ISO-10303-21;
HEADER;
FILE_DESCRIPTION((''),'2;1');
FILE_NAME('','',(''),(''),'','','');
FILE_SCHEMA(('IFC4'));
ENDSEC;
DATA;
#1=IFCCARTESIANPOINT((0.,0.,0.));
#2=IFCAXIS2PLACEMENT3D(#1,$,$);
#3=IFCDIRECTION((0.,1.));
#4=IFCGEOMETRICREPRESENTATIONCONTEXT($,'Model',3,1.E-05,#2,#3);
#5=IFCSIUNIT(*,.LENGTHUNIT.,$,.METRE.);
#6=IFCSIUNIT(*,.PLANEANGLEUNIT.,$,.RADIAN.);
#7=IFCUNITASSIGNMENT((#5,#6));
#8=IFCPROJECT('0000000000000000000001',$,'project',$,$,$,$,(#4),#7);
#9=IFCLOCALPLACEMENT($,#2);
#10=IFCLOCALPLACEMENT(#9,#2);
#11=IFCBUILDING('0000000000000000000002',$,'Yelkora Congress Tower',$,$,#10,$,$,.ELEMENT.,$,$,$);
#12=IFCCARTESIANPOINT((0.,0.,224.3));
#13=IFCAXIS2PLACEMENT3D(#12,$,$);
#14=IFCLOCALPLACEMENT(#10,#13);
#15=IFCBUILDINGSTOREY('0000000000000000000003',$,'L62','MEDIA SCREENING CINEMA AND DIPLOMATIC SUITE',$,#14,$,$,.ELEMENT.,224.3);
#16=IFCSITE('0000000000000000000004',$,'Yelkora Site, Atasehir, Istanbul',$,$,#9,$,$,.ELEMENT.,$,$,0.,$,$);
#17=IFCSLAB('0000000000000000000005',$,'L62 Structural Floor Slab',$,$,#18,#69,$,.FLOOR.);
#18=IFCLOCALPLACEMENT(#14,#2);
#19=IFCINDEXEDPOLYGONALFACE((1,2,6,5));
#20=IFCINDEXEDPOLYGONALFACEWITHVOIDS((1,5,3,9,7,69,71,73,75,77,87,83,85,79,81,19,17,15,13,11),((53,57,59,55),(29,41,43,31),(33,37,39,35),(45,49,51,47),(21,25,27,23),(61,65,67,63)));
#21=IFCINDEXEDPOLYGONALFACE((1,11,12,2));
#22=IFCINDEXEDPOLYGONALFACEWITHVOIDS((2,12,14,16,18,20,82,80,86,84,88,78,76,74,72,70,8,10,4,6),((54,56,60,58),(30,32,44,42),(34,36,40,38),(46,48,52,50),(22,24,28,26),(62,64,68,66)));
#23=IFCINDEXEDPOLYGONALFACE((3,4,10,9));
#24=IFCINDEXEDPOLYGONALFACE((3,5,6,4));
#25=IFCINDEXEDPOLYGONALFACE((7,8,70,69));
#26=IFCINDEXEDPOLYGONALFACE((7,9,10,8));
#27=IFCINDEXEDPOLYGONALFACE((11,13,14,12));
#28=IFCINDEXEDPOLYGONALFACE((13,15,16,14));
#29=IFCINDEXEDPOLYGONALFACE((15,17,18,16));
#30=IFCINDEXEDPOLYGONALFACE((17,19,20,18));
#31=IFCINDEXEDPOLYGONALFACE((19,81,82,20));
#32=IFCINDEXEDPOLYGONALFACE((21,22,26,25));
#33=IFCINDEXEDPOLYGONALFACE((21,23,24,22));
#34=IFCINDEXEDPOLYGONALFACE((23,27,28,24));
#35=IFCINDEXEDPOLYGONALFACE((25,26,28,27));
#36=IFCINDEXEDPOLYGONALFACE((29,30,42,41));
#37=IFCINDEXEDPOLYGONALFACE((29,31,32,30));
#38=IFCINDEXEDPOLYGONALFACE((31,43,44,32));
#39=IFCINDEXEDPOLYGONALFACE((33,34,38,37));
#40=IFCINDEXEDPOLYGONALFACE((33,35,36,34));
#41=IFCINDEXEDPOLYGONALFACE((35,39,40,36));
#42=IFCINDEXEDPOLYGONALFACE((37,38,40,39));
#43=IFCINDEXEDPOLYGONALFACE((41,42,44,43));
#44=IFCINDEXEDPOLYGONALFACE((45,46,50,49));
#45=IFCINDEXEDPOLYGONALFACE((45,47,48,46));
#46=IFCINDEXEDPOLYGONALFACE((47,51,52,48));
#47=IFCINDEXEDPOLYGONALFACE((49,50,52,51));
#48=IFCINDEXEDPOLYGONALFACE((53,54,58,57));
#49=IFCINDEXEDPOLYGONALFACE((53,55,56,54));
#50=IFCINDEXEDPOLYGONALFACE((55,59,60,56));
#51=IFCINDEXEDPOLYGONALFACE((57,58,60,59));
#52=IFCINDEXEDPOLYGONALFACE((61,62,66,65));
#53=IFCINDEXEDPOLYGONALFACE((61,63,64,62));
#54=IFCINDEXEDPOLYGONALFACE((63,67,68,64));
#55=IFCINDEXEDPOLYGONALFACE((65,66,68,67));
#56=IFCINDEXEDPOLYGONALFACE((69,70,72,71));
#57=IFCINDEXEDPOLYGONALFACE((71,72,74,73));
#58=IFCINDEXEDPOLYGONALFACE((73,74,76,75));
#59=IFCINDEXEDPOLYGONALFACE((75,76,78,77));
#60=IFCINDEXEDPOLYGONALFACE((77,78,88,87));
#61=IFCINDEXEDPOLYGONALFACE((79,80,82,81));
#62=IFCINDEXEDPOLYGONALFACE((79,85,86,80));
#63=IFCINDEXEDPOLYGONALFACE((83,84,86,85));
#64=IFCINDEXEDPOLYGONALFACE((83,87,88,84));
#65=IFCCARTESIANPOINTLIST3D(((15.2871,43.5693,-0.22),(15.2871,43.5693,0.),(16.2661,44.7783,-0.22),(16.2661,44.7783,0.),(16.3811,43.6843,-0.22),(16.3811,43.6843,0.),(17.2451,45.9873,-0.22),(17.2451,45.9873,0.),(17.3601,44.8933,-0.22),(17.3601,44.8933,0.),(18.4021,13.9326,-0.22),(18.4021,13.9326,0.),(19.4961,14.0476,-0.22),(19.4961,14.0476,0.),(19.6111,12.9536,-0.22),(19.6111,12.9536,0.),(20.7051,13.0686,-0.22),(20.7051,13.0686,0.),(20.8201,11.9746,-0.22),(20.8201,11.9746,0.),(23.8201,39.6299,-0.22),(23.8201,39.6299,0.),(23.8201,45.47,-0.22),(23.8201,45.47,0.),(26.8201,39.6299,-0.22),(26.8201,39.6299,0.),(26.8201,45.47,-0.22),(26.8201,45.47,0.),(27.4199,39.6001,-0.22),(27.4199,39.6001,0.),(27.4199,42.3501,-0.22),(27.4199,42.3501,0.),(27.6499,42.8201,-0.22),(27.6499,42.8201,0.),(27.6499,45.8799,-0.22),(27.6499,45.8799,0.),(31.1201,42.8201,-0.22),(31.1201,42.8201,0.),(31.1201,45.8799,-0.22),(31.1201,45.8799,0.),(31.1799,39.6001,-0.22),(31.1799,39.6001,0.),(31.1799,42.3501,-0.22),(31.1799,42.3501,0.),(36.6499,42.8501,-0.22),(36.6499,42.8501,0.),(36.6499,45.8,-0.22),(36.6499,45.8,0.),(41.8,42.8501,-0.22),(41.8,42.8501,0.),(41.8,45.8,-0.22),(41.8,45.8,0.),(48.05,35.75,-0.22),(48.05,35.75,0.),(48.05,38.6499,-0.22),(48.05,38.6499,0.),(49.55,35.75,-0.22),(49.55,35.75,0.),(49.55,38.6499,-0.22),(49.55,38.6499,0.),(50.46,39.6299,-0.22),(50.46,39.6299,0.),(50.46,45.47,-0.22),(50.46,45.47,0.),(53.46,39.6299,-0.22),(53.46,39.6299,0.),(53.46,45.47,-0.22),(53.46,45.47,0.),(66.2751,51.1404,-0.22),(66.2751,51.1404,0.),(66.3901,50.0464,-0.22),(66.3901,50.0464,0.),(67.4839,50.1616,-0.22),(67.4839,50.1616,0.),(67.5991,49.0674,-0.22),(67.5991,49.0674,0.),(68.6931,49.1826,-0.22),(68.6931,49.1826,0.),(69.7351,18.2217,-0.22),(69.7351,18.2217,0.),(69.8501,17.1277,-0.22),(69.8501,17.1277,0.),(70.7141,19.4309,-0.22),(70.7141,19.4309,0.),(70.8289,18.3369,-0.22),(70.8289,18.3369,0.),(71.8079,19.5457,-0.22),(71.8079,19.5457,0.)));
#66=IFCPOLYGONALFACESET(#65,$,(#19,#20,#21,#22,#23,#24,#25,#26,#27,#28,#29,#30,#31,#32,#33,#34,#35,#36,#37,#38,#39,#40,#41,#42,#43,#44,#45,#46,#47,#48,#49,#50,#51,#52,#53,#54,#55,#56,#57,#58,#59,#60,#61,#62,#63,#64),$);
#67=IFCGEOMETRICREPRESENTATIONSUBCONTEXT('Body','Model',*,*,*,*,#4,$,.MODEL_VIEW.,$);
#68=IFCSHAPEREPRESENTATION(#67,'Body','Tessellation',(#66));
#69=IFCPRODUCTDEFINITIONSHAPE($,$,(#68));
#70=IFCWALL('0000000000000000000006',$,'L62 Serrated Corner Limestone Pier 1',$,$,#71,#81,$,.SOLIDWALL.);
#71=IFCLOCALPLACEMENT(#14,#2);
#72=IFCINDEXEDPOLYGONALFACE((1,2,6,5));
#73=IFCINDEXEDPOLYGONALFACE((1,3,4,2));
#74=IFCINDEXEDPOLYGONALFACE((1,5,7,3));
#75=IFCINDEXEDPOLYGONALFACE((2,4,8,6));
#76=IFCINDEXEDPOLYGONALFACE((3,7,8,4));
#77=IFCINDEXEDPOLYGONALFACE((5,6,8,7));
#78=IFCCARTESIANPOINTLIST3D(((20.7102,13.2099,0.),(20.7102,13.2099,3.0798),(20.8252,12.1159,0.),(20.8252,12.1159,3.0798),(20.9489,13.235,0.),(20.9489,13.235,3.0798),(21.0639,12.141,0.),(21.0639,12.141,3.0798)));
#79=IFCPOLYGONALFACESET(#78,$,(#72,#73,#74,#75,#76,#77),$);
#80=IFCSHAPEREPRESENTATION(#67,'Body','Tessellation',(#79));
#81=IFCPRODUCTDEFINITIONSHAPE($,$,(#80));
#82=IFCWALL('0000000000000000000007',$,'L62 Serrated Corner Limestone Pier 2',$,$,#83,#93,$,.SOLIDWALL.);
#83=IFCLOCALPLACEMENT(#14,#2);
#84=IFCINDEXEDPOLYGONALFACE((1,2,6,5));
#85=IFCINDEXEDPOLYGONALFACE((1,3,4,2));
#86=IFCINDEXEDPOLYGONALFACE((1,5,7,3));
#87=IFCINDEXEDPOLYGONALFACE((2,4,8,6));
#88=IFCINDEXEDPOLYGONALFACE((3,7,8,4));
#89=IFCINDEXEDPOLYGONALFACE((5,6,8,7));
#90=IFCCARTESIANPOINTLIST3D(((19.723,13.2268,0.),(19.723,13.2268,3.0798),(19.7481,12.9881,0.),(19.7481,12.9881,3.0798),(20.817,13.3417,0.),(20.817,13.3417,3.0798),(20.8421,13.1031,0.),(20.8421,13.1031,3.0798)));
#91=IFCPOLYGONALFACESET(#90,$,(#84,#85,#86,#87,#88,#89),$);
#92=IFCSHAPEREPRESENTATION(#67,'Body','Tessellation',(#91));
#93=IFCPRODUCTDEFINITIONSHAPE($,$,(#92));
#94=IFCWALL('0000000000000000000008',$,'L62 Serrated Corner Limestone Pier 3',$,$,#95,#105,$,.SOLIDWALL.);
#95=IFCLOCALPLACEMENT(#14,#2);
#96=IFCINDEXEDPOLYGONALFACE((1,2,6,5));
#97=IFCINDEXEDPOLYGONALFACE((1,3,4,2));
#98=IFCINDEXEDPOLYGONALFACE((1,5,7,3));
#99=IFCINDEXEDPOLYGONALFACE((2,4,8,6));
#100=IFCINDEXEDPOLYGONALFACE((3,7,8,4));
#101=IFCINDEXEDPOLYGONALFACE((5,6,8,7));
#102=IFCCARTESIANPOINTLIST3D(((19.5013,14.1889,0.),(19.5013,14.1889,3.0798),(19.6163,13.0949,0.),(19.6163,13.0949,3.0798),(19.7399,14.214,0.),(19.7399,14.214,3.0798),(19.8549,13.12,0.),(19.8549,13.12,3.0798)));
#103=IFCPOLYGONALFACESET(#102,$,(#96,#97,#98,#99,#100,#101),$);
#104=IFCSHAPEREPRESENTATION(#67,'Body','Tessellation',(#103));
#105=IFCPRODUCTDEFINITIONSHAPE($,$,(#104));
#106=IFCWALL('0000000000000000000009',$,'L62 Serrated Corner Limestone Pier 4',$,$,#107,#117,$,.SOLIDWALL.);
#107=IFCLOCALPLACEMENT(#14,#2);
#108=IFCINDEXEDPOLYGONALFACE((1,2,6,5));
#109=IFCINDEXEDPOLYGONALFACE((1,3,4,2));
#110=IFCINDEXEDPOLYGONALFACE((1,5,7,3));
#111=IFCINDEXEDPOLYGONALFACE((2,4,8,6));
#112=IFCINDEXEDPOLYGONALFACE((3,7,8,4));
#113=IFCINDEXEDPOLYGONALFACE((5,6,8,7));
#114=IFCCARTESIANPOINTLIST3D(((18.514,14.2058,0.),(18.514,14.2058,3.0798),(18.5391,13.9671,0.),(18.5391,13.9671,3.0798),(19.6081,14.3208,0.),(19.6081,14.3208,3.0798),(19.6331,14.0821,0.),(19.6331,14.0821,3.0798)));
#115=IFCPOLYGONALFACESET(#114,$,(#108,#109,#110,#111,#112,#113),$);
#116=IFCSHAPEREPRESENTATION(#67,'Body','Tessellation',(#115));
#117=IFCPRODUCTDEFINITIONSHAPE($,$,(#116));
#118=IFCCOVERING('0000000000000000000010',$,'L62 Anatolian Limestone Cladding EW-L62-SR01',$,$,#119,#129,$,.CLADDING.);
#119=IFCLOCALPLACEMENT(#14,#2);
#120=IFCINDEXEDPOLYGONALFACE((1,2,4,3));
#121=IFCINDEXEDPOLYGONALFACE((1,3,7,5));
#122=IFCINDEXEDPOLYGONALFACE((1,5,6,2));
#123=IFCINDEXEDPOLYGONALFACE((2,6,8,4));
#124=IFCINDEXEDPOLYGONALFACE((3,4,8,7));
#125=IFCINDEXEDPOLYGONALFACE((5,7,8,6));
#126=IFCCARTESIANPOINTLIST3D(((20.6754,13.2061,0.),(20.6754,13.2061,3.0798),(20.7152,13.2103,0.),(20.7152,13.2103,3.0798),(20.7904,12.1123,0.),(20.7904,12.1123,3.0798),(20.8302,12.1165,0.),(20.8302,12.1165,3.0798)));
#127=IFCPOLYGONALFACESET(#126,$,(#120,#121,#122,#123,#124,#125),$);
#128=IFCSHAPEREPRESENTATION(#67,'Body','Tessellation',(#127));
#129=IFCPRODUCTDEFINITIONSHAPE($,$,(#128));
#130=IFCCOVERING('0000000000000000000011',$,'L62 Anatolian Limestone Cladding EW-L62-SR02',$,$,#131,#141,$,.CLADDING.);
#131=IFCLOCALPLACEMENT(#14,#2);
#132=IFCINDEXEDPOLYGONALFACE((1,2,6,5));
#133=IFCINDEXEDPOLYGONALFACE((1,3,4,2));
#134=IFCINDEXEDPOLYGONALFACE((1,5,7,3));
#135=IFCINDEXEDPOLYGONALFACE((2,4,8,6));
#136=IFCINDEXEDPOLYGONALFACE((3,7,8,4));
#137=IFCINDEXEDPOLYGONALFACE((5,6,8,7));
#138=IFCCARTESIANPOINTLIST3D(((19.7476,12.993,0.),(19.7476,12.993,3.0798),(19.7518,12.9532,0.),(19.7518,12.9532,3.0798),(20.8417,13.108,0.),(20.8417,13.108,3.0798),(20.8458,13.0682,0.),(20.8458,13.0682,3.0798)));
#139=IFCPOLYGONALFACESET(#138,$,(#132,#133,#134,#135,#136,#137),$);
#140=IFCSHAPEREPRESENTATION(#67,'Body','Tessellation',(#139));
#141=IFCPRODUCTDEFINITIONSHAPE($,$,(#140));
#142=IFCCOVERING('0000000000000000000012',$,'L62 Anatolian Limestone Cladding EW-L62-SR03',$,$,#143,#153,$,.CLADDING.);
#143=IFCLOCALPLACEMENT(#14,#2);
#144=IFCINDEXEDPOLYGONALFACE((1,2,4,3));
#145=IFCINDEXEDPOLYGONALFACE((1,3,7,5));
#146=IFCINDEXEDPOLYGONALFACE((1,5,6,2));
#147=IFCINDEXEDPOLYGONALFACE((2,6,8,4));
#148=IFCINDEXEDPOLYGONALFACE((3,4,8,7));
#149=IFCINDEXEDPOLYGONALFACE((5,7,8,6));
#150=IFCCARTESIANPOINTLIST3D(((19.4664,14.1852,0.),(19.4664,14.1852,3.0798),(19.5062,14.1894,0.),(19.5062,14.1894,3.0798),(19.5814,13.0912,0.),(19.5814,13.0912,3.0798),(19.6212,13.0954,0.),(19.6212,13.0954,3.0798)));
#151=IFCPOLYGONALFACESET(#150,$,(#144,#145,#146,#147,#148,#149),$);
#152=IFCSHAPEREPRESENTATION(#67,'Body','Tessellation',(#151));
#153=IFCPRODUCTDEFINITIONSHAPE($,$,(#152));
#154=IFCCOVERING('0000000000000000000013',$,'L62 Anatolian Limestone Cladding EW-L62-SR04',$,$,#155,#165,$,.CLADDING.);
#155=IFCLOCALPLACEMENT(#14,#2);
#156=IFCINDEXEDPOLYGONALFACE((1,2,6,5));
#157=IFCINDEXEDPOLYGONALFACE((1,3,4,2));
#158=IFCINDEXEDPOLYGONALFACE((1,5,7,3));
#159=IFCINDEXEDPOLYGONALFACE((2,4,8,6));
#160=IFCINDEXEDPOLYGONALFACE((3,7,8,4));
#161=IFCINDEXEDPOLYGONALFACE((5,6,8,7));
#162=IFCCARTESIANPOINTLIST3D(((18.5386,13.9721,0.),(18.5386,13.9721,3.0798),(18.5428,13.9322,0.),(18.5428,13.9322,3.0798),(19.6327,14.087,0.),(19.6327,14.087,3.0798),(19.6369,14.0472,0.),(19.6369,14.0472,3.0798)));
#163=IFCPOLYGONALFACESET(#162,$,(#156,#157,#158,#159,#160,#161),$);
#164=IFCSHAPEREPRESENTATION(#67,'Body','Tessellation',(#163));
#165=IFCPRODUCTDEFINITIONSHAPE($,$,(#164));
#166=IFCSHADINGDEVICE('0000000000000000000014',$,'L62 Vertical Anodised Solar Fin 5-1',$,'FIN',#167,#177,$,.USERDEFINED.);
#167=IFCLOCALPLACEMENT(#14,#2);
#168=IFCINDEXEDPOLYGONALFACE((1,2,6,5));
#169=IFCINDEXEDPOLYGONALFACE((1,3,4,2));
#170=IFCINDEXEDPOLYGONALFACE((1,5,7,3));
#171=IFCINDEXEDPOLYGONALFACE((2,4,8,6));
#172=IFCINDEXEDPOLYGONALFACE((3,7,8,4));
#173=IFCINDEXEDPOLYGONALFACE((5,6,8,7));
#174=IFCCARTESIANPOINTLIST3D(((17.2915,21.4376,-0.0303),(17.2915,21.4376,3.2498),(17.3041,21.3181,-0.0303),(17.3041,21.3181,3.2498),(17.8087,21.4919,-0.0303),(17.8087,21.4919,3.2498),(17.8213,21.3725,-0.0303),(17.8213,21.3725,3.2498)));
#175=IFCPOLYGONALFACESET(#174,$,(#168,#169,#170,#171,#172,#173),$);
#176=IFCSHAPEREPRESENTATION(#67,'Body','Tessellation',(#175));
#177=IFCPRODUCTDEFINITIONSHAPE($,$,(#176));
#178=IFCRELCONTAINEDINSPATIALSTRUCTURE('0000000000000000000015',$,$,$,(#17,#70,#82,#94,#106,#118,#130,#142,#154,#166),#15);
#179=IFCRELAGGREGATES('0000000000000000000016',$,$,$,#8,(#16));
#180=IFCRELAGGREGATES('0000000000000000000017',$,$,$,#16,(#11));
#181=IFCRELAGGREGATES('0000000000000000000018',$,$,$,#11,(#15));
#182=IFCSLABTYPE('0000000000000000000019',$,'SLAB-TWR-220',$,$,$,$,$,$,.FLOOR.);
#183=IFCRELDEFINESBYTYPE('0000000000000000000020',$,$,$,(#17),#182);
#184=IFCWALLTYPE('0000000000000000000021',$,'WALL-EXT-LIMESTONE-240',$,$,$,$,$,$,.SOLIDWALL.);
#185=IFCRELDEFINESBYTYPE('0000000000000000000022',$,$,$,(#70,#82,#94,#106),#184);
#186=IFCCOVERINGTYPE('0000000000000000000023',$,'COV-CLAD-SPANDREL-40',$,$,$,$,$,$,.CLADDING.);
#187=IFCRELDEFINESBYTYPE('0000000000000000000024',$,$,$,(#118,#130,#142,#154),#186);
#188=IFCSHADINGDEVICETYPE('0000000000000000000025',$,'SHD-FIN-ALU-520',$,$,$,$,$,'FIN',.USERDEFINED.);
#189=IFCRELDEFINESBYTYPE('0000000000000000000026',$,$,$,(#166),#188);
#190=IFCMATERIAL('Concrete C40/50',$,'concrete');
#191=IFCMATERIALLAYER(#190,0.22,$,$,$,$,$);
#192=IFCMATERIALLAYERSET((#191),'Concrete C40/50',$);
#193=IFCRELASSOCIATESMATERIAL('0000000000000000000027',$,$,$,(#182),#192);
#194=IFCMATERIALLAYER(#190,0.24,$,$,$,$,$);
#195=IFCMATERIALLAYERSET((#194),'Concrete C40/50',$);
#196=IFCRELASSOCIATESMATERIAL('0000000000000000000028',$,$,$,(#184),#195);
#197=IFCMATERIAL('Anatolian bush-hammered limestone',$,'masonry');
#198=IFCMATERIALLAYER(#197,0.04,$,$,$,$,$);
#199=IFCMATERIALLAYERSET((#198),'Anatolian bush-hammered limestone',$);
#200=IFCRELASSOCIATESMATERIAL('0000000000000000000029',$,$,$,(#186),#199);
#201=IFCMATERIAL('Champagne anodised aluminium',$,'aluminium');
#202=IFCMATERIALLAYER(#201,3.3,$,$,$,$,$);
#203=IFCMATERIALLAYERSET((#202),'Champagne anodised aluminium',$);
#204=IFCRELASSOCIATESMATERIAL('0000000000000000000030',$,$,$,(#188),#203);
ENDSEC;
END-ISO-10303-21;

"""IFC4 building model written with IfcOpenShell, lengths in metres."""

from ifc_helpers import new_model, si_unit, direction, frame, frame_2d, origin, origin_2d, place, context, subcontext, project, spatial, polyline, rectangle, outline, extrude, material, layer, layer_set, type_object, element, save


model = new_model("IFC4")

# Units and contexts
model_context = context("Model", 3, precision=1e-05, world=origin(), true_north=direction((0.0, 1.0)))
body_context = subcontext(model_context, "Body", "Model", "MODEL_VIEW")
ifc_project = project(units=[si_unit("LENGTHUNIT", "METRE"), si_unit("PLANEANGLEUNIT", "RADIAN")], contexts=[model_context])

# Site, building, storey
site_placement = place(None, origin())
site = spatial("IfcSite", under=ifc_project, at=site_placement, Name="Yelkora Site, Atasehir, Istanbul", CompositionType="ELEMENT", RefElevation=0.0)
building_placement = place(site_placement, origin())
building = spatial("IfcBuilding", under=site, at=building_placement, Name="Yelkora Congress Tower", CompositionType="ELEMENT")
storey_placement = place(building_placement, frame((0.0, 0.0, 224.3)))
storey = spatial("IfcBuildingStorey", under=building, at=storey_placement, Name="L62", Description="MEDIA SCREENING CINEMA AND DIPLOMATIC SUITE", CompositionType="ELEMENT", Elevation=224.3)

# Shared definitions
ifc_material_1 = material(Name="Concrete C40/50", Category="concrete")

# Slab
ifc_layer_1 = layer(ifc_material_1, 0.22)
ifc_layer_set_1 = layer_set([ifc_layer_1], Name="Concrete C40/50")
slab_type_1 = type_object("IfcSlabType", Name="SLAB-TWR-220", PredefinedType="FLOOR", material=ifc_layer_set_1)
slab_1_placement = place(storey_placement, frame((0.0, 0.0, -0.22)))
element("IfcSlab", 1, at=slab_1_placement, inside=storey, type_object=slab_type_1, Name="L62 Structural Floor Slab", PredefinedType="FLOOR", context=body_context, shape_type="SweptSolid", body=[
    extrude(outline(polyline([(20.8201, 11.9746), (69.8501, 17.1277), (69.7351, 18.2217), (70.8289, 18.3369), (70.7141, 19.4309), (71.8079, 19.5457), (68.6931, 49.1826), (67.5991, 49.0674), (67.4839, 50.1616), (66.3901, 50.0464), (66.2751, 51.1404), (17.2451, 45.9873), (17.3601, 44.8933), (16.2661, 44.7783), (16.3811, 43.6843), (15.2871, 43.5693), (18.4021, 13.9326), (19.4961, 14.0476), (19.6111, 12.9536), (20.7051, 13.0686), (20.8201, 11.9746)]), holes=[polyline([(23.8201, 39.6299), (26.8201, 39.6299), (26.8201, 45.47), (23.8201, 45.47), (23.8201, 39.6299)]), polyline([(50.46, 39.6299), (53.46, 39.6299), (53.46, 45.47), (50.46, 45.47), (50.46, 39.6299)]), polyline([(48.05, 35.75), (49.55, 35.75), (49.55, 38.6499), (48.05, 38.6499), (48.05, 35.75)]), polyline([(36.6499, 42.8501), (41.8, 42.8501), (41.8, 45.8), (36.6499, 45.8), (36.6499, 42.8501)]), polyline([(27.4199, 39.6001), (31.1799, 39.6001), (31.1799, 42.3501), (27.4199, 42.3501), (27.4199, 39.6001)]), polyline([(27.6499, 42.8201), (31.1201, 42.8201), (31.1201, 45.8799), (27.6499, 45.8799), (27.6499, 42.8201)])]), origin(), (0.0, 0.0, 1.0), 0.22),
])

# Walls
ifc_layer_2 = layer(ifc_material_1, 0.24)
ifc_layer_set_2 = layer_set([ifc_layer_2], Name="Concrete C40/50")
wall_type = type_object("IfcWallType", Name="WALL-EXT-LIMESTONE-240", PredefinedType="SOLIDWALL", material=ifc_layer_set_2)
for number, where, z_axis, x_axis, name in (
    (2, (20.9446, 12.1284, 0.0), (0.0, 0.0, 1.0), (-0.104535, 0.994521, 0.0), "L62 Serrated Corner Limestone Pier 1"),
    (3, (20.8296, 13.2224, 0.0), (0.0, 0.0, 1.0), (-0.994521, -0.104535, 0.0), "L62 Serrated Corner Limestone Pier 2"),
    (4, (19.7356, 13.1074, 0.0), (0.0, 0.0, 1.0), (-0.104535, 0.994521, 0.0), "L62 Serrated Corner Limestone Pier 3"),
    (5, (19.6206, 14.2014, 0.0), (0.0, 0.0, 1.0), (-0.994521, -0.104535, 0.0), "L62 Serrated Corner Limestone Pier 4"),
):
    element("IfcWall", number, at=place(storey_placement, frame(where, z_axis=z_axis, x_axis=x_axis)), inside=storey, type_object=wall_type, Name=name, PredefinedType="SOLIDWALL", context=body_context, shape_type="SweptSolid", body=[
        extrude(rectangle(XDim=1.1001, YDim=0.24, at=frame_2d((0.55, 0.0))), origin(), (0.0, 0.0, 1.0), 3.0798),
    ])

# Coverings
ifc_material_2 = material(Name="Anatolian bush-hammered limestone", Category="masonry")
ifc_layer_3 = layer(ifc_material_2, 0.04)
ifc_layer_set_3 = layer_set([ifc_layer_3], Name="Anatolian bush-hammered limestone")
covering_type = type_object("IfcCoveringType", Name="COV-CLAD-SPANDREL-40", PredefinedType="CLADDING", material=ifc_layer_set_3)
covering_placement = place(storey_placement, frame((20.8103, 12.1145, 0.0), z_axis=(0.0, 0.0, 1.0), x_axis=(-0.104558, 0.994519, 0.0)))
element("IfcCovering", 6, at=covering_placement, inside=storey, type_object=covering_type, Name="L62 Anatolian Limestone Cladding EW-L62-SR01", PredefinedType="CLADDING", context=body_context, shape_type="SweptSolid", body=[
    extrude(rectangle(XDim=1.0999, YDim=0.04, at=frame_2d((0.5498, 0.0))), origin(), (0.0, 0.0, 1.0), 3.0798),
])
for number, where, z_axis, x_axis, name in (
    (7, (20.8438, 13.0881, 0.0), (0.0, 0.0, 1.0), (-0.994521, -0.104535, 0.0), "L62 Anatolian Limestone Cladding EW-L62-SR02"),
    (8, (19.6013, 13.0933, 0.0), (0.0, 0.0, 1.0), (-0.104535, 0.994521, 0.0), "L62 Anatolian Limestone Cladding EW-L62-SR03"),
    (9, (19.6348, 14.0671, 0.0), (0.0, 0.0, 1.0), (-0.994521, -0.104535, 0.0), "L62 Anatolian Limestone Cladding EW-L62-SR04"),
):
    element("IfcCovering", number, at=place(storey_placement, frame(where, z_axis=z_axis, x_axis=x_axis)), inside=storey, type_object=covering_type, Name=name, PredefinedType="CLADDING", context=body_context, shape_type="SweptSolid", body=[
        extrude(rectangle(XDim=1.1001, YDim=0.04, at=frame_2d((0.55, 0.0))), origin(), (0.0, 0.0, 1.0), 3.0798),
    ])

# Shading device
ifc_material_3 = material(Name="Champagne anodised aluminium", Category="aluminium")
ifc_layer_4 = layer(ifc_material_3, 3.3)
ifc_layer_set_4 = layer_set([ifc_layer_4], Name="Champagne anodised aluminium")
shading_device_type = type_object("IfcShadingDeviceType", Name="SHD-FIN-ALU-520", ElementType="FIN", PredefinedType="USERDEFINED", material=ifc_layer_set_4)
shading_device_placement = place(storey_placement, frame((17.5564, 21.405, -0.0303), z_axis=(0.0, 0.0, 1.0), x_axis=(-0.104528, 0.994522, 0.0)))
element("IfcShadingDevice", 10, at=shading_device_placement, inside=storey, type_object=shading_device_type, Name="L62 Vertical Anodised Solar Fin 5-1", ObjectType="FIN", PredefinedType="USERDEFINED", context=body_context, shape_type="SweptSolid", body=[
    extrude(rectangle(XDim=0.1201, YDim=0.52, at=origin_2d()), origin(), (0.0, 0.0, 1.0), 3.28),
])

save(model, "model.ifc")
